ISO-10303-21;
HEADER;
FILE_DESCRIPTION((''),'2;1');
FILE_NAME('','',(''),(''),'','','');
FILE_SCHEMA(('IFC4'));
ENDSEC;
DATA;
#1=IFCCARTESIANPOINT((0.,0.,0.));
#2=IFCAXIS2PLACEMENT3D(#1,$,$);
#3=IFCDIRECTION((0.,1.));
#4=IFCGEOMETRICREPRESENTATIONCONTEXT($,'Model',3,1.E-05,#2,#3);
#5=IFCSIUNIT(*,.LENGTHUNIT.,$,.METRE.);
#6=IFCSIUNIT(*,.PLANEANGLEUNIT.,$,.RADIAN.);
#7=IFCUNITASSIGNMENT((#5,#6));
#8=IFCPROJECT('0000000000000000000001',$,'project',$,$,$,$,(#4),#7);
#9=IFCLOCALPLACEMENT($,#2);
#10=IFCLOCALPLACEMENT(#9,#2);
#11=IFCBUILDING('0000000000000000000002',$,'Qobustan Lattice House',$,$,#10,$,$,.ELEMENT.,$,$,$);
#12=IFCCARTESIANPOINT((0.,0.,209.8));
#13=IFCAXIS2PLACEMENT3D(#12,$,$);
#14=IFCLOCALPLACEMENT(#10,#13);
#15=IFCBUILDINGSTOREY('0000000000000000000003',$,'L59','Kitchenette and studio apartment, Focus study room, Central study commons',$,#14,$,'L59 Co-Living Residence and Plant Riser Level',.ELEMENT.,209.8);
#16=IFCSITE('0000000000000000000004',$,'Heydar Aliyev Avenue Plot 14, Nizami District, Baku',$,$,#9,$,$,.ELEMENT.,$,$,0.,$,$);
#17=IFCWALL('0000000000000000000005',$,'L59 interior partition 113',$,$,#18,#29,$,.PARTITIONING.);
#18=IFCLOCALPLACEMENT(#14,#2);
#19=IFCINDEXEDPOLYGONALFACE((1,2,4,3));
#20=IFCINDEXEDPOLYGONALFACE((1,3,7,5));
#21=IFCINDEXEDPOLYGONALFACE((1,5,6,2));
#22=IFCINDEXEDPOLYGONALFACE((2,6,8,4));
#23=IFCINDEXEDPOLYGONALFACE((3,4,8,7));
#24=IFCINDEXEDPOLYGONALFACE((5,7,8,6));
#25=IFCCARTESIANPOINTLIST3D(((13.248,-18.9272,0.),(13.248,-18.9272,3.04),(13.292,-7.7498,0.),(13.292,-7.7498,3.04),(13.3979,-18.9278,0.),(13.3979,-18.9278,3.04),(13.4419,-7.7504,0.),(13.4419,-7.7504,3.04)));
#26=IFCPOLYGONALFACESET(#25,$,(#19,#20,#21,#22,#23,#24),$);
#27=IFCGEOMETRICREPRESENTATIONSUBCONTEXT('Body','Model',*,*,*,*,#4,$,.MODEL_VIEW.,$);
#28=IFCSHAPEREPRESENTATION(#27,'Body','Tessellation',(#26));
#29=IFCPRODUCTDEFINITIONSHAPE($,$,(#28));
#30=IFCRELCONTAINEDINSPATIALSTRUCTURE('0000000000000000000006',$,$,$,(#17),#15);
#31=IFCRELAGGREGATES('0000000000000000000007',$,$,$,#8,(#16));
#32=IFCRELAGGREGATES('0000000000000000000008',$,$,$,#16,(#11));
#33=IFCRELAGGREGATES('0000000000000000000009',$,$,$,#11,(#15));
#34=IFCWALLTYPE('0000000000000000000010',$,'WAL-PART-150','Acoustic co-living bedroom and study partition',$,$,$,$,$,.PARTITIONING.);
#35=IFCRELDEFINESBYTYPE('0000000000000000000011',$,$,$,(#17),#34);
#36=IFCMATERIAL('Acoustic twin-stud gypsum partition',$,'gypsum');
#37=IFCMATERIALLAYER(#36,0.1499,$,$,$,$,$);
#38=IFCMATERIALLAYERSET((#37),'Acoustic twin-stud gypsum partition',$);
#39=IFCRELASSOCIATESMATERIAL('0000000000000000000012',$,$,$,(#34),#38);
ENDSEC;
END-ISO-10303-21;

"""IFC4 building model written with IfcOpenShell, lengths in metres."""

from ifc_helpers import new_model, si_unit, direction, frame, frame_2d, origin, place, context, subcontext, project, spatial, rectangle, extrude, material, layer, layer_set, type_object, element, save


model = new_model("IFC4")

# Units and contexts
model_context = context("Model", 3, precision=1e-05, world=origin(), true_north=direction((0.0, 1.0)))
body_context = subcontext(model_context, "Body", "Model", "MODEL_VIEW")
ifc_project = project(units=[si_unit("LENGTHUNIT", "METRE"), si_unit("PLANEANGLEUNIT", "RADIAN")], contexts=[model_context])

# Site, building, storey
site_placement = place(None, origin())
site = spatial("IfcSite", under=ifc_project, at=site_placement, Name="Heydar Aliyev Avenue Plot 14, Nizami District, Baku", CompositionType="ELEMENT", RefElevation=0.0)
building_placement = place(site_placement, origin())
building = spatial("IfcBuilding", under=site, at=building_placement, Name="Qobustan Lattice House", CompositionType="ELEMENT")
storey_placement = place(building_placement, frame((0.0, 0.0, 209.8)))
storey = spatial("IfcBuildingStorey", under=building, at=storey_placement, Name="L59", Description="Kitchenette and studio apartment, Focus study room, Central study commons", LongName="L59 Co-Living Residence and Plant Riser Level", CompositionType="ELEMENT", Elevation=209.8)

# Wall
ifc_material_1 = material(Name="Acoustic twin-stud gypsum partition", Category="gypsum")
ifc_layer_1 = layer(ifc_material_1, 0.1499)
ifc_layer_set_1 = layer_set([ifc_layer_1], Name="Acoustic twin-stud gypsum partition")
wall_type_1 = type_object("IfcWallType", Name="WAL-PART-150", Description="Acoustic co-living bedroom and study partition", PredefinedType="PARTITIONING", material=ifc_layer_set_1)
wall_1_placement = place(storey_placement, frame((13.3669, -7.75, 0.0), z_axis=(0.0, 0.0, 1.0), x_axis=(-0.003932, -0.999992, 0.0)))
element("IfcWall", 1, at=wall_1_placement, inside=storey, type_object=wall_type_1, Name="L59 interior partition 113", PredefinedType="PARTITIONING", context=body_context, shape_type="SweptSolid", body=[
    extrude(rectangle(XDim=11.1775, YDim=0.1499, at=frame_2d((5.5889, 0.0))), origin(), (0.0, 0.0, 1.0), 3.04),
])

save(model, "model.ifc")
